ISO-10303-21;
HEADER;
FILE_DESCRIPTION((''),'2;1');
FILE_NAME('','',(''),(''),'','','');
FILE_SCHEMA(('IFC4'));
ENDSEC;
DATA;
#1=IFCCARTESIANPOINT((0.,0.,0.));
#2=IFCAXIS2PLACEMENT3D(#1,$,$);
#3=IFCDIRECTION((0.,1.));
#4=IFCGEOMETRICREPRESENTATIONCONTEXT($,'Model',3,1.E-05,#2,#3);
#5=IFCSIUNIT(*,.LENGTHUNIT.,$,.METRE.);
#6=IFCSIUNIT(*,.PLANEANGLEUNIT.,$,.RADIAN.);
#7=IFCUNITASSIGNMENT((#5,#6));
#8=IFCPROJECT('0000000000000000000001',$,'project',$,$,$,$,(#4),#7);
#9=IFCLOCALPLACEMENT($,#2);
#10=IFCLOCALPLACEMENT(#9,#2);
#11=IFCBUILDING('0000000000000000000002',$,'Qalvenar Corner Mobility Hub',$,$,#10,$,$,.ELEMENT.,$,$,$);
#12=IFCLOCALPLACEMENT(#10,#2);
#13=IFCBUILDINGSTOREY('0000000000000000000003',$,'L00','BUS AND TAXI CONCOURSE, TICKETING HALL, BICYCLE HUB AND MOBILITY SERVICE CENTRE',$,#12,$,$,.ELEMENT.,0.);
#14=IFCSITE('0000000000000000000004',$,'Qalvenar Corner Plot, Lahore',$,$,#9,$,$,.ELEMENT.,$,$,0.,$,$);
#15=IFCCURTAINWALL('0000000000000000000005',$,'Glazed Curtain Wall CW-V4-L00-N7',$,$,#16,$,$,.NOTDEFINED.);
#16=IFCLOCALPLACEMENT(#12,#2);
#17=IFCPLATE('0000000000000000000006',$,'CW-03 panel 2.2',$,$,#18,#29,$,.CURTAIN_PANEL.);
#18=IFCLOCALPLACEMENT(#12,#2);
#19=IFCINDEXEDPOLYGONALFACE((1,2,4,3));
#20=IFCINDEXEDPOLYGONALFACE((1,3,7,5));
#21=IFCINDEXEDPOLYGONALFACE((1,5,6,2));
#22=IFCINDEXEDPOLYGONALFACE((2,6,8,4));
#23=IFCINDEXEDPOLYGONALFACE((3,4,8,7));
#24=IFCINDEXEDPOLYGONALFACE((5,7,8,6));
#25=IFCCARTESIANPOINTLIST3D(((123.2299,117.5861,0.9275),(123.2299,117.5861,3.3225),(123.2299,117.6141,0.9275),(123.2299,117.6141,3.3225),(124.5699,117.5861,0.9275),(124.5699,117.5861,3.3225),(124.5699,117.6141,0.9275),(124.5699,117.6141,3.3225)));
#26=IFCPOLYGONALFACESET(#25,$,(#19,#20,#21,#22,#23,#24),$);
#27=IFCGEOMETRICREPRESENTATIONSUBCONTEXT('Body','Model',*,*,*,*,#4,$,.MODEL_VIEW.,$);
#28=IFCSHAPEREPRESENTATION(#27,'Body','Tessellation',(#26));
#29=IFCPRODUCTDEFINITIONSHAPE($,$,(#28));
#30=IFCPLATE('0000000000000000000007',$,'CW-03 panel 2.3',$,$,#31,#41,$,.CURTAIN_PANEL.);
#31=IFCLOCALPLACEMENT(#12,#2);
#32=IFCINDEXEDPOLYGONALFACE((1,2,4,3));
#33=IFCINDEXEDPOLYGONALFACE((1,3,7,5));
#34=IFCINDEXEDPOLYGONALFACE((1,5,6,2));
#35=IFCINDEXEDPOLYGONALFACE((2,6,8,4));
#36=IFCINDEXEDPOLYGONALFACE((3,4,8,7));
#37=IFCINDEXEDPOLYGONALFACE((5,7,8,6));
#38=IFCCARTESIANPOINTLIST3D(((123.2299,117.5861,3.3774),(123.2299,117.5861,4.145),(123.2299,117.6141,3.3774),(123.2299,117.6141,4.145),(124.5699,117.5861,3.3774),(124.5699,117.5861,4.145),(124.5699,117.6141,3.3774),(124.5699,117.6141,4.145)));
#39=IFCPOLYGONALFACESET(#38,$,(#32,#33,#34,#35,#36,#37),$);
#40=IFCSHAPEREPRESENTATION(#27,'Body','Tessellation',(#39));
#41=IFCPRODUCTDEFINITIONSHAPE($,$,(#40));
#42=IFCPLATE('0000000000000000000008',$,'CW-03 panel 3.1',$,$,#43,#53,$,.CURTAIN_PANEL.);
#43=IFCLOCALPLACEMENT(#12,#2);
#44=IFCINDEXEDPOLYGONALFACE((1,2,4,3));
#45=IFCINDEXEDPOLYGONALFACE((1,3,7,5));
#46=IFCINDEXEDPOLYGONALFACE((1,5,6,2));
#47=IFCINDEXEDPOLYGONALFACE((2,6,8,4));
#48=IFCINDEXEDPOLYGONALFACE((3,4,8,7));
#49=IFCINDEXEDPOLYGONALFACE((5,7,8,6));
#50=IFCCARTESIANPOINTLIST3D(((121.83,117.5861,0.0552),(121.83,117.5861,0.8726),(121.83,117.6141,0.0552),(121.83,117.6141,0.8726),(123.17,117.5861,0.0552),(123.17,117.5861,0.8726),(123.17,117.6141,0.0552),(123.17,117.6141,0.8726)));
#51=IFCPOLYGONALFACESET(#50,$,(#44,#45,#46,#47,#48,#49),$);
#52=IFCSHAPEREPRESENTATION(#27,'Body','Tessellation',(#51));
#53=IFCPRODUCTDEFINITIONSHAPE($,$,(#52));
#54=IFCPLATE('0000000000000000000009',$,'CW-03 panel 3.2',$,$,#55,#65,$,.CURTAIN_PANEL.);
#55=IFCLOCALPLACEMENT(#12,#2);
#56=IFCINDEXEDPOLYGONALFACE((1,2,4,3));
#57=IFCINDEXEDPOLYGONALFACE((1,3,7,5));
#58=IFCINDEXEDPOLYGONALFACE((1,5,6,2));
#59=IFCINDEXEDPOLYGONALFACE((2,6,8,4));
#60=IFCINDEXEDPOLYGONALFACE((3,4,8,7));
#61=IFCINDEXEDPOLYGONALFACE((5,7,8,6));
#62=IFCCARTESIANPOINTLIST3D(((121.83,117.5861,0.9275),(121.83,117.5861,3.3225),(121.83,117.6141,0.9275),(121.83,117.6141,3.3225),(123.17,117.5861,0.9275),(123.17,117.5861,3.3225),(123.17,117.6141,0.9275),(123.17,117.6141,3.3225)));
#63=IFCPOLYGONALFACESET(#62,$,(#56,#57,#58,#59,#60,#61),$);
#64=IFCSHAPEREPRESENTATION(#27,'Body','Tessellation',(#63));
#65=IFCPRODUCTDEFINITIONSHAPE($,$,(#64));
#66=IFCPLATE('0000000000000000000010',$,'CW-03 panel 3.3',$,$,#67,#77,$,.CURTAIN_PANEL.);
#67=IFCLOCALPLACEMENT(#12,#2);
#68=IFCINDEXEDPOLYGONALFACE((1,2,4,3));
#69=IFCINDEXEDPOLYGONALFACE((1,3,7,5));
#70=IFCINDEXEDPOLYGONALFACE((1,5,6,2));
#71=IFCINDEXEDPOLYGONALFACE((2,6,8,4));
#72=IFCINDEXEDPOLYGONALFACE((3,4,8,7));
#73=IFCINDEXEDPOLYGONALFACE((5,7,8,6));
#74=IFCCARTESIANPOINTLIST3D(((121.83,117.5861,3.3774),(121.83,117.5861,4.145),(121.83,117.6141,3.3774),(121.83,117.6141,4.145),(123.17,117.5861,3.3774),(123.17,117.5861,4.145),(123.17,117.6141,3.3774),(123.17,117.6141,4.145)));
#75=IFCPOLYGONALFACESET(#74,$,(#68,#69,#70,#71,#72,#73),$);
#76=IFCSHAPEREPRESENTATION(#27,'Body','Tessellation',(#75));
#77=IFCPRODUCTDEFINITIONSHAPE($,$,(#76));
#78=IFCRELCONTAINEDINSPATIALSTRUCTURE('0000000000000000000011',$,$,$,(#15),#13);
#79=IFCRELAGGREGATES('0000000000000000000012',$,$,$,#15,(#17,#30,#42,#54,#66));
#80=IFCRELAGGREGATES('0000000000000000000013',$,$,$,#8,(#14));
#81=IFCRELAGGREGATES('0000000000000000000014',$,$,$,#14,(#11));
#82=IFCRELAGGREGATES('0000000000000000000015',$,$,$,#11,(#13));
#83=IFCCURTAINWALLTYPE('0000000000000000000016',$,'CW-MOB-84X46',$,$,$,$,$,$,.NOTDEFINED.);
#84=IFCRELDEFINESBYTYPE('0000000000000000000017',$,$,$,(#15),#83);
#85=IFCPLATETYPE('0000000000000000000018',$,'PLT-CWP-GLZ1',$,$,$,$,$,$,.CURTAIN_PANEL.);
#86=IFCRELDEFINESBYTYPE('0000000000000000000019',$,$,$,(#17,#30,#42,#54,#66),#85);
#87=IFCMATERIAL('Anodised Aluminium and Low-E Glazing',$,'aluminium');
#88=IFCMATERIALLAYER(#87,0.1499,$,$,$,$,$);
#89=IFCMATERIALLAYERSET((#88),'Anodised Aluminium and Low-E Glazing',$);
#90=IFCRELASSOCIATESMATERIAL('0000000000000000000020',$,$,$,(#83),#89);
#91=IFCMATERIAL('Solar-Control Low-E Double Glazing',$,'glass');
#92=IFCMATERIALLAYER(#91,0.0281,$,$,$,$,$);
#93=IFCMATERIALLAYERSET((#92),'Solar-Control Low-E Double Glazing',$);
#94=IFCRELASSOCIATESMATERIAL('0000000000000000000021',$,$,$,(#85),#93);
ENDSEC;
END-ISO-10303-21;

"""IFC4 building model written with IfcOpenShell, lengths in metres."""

from ifc_helpers import new_model, si_unit, direction, frame, origin, origin_2d, place, context, subcontext, project, spatial, rectangle, extrude, material, layer, layer_set, type_object, element, aggregate, save


model = new_model("IFC4")

# Units and contexts
model_context = context("Model", 3, precision=1e-05, world=origin(), true_north=direction((0.0, 1.0)))
body_context = subcontext(model_context, "Body", "Model", "MODEL_VIEW")
ifc_project = project(units=[si_unit("LENGTHUNIT", "METRE"), si_unit("PLANEANGLEUNIT", "RADIAN")], contexts=[model_context])

# Site, building, storey
site_placement = place(None, origin())
site = spatial("IfcSite", under=ifc_project, at=site_placement, Name="Qalvenar Corner Plot, Lahore", CompositionType="ELEMENT", RefElevation=0.0)
building_placement = place(site_placement, origin())
building = spatial("IfcBuilding", under=site, at=building_placement, Name="Qalvenar Corner Mobility Hub", CompositionType="ELEMENT")
storey_placement = place(building_placement, origin())
storey = spatial("IfcBuildingStorey", under=building, at=storey_placement, Name="L00", Description="BUS AND TAXI CONCOURSE, TICKETING HALL, BICYCLE HUB AND MOBILITY SERVICE CENTRE", CompositionType="ELEMENT", Elevation=0.0)

# Curtain wall, plates
ifc_material_1 = material(Name="Anodised Aluminium and Low-E Glazing", Category="aluminium")
ifc_layer_1 = layer(ifc_material_1, 0.1499)
ifc_layer_set_1 = layer_set([ifc_layer_1], Name="Anodised Aluminium and Low-E Glazing")
curtain_wall_type = type_object("IfcCurtainWallType", Name="CW-MOB-84X46", PredefinedType="NOTDEFINED", material=ifc_layer_set_1)
curtain_wall_placement = place(storey_placement, origin())
curtain_wall = element("IfcCurtainWall", 1, at=curtain_wall_placement, inside=storey, type_object=curtain_wall_type, Name="Glazed Curtain Wall CW-V4-L00-N7", PredefinedType="NOTDEFINED")
ifc_material_2 = material(Name="Solar-Control Low-E Double Glazing", Category="glass")
ifc_layer_2 = layer(ifc_material_2, 0.0281)
ifc_layer_set_2 = layer_set([ifc_layer_2], Name="Solar-Control Low-E Double Glazing")
plate_type = type_object("IfcPlateType", Name="PLT-CWP-GLZ1", PredefinedType="CURTAIN_PANEL", material=ifc_layer_set_2)
plate_1_placement = place(storey_placement, frame((123.8999, 117.6001, 0.9275), z_axis=(0.0, 0.0, 1.0), x_axis=(-1.0, 0.0, 0.0)))
plate_1 = element("IfcPlate", 2, at=plate_1_placement, type_object=plate_type, Name="CW-03 panel 2.2", PredefinedType="CURTAIN_PANEL", context=body_context, shape_type="SweptSolid", body=[
    extrude(rectangle(XDim=1.3401, YDim=0.0281, at=origin_2d()), origin(), (0.0, 0.0, 1.0), 2.395),
])
plate_2_placement = place(storey_placement, frame((123.8999, 117.6001, 3.3774), z_axis=(0.0, 0.0, 1.0), x_axis=(-1.0, 0.0, 0.0)))
plate_2 = element("IfcPlate", 3, at=plate_2_placement, type_object=plate_type, Name="CW-03 panel 2.3", PredefinedType="CURTAIN_PANEL", context=body_context, shape_type="SweptSolid", body=[
    extrude(rectangle(XDim=1.3401, YDim=0.0281, at=origin_2d()), origin(), (0.0, 0.0, 1.0), 0.7676),
])
plate_3_placement = place(storey_placement, frame((122.5, 117.6001, 0.0552), z_axis=(0.0, 0.0, 1.0), x_axis=(-1.0, 0.0, 0.0)))
plate_3 = element("IfcPlate", 4, at=plate_3_placement, type_object=plate_type, Name="CW-03 panel 3.1", PredefinedType="CURTAIN_PANEL", context=body_context, shape_type="SweptSolid", body=[
    extrude(rectangle(XDim=1.3401, YDim=0.0281, at=origin_2d()), origin(), (0.0, 0.0, 1.0), 0.8174),
])
plate_4_placement = place(storey_placement, frame((122.5, 117.6001, 0.9275), z_axis=(0.0, 0.0, 1.0), x_axis=(-1.0, 0.0, 0.0)))
plate_4 = element("IfcPlate", 5, at=plate_4_placement, type_object=plate_type, Name="CW-03 panel 3.2", PredefinedType="CURTAIN_PANEL", context=body_context, shape_type="SweptSolid", body=[
    extrude(rectangle(XDim=1.3401, YDim=0.0281, at=origin_2d()), origin(), (0.0, 0.0, 1.0), 2.395),
])
plate_5_placement = place(storey_placement, frame((122.5, 117.6001, 3.3774), z_axis=(0.0, 0.0, 1.0), x_axis=(-1.0, 0.0, 0.0)))
plate_5 = element("IfcPlate", 6, at=plate_5_placement, type_object=plate_type, Name="CW-03 panel 3.3", PredefinedType="CURTAIN_PANEL", context=body_context, shape_type="SweptSolid", body=[
    extrude(rectangle(XDim=1.3401, YDim=0.0281, at=origin_2d()), origin(), (0.0, 0.0, 1.0), 0.7676),
])
aggregate(curtain_wall, [plate_1, plate_2, plate_3, plate_4, plate_5])

save(model, "model.ifc")
